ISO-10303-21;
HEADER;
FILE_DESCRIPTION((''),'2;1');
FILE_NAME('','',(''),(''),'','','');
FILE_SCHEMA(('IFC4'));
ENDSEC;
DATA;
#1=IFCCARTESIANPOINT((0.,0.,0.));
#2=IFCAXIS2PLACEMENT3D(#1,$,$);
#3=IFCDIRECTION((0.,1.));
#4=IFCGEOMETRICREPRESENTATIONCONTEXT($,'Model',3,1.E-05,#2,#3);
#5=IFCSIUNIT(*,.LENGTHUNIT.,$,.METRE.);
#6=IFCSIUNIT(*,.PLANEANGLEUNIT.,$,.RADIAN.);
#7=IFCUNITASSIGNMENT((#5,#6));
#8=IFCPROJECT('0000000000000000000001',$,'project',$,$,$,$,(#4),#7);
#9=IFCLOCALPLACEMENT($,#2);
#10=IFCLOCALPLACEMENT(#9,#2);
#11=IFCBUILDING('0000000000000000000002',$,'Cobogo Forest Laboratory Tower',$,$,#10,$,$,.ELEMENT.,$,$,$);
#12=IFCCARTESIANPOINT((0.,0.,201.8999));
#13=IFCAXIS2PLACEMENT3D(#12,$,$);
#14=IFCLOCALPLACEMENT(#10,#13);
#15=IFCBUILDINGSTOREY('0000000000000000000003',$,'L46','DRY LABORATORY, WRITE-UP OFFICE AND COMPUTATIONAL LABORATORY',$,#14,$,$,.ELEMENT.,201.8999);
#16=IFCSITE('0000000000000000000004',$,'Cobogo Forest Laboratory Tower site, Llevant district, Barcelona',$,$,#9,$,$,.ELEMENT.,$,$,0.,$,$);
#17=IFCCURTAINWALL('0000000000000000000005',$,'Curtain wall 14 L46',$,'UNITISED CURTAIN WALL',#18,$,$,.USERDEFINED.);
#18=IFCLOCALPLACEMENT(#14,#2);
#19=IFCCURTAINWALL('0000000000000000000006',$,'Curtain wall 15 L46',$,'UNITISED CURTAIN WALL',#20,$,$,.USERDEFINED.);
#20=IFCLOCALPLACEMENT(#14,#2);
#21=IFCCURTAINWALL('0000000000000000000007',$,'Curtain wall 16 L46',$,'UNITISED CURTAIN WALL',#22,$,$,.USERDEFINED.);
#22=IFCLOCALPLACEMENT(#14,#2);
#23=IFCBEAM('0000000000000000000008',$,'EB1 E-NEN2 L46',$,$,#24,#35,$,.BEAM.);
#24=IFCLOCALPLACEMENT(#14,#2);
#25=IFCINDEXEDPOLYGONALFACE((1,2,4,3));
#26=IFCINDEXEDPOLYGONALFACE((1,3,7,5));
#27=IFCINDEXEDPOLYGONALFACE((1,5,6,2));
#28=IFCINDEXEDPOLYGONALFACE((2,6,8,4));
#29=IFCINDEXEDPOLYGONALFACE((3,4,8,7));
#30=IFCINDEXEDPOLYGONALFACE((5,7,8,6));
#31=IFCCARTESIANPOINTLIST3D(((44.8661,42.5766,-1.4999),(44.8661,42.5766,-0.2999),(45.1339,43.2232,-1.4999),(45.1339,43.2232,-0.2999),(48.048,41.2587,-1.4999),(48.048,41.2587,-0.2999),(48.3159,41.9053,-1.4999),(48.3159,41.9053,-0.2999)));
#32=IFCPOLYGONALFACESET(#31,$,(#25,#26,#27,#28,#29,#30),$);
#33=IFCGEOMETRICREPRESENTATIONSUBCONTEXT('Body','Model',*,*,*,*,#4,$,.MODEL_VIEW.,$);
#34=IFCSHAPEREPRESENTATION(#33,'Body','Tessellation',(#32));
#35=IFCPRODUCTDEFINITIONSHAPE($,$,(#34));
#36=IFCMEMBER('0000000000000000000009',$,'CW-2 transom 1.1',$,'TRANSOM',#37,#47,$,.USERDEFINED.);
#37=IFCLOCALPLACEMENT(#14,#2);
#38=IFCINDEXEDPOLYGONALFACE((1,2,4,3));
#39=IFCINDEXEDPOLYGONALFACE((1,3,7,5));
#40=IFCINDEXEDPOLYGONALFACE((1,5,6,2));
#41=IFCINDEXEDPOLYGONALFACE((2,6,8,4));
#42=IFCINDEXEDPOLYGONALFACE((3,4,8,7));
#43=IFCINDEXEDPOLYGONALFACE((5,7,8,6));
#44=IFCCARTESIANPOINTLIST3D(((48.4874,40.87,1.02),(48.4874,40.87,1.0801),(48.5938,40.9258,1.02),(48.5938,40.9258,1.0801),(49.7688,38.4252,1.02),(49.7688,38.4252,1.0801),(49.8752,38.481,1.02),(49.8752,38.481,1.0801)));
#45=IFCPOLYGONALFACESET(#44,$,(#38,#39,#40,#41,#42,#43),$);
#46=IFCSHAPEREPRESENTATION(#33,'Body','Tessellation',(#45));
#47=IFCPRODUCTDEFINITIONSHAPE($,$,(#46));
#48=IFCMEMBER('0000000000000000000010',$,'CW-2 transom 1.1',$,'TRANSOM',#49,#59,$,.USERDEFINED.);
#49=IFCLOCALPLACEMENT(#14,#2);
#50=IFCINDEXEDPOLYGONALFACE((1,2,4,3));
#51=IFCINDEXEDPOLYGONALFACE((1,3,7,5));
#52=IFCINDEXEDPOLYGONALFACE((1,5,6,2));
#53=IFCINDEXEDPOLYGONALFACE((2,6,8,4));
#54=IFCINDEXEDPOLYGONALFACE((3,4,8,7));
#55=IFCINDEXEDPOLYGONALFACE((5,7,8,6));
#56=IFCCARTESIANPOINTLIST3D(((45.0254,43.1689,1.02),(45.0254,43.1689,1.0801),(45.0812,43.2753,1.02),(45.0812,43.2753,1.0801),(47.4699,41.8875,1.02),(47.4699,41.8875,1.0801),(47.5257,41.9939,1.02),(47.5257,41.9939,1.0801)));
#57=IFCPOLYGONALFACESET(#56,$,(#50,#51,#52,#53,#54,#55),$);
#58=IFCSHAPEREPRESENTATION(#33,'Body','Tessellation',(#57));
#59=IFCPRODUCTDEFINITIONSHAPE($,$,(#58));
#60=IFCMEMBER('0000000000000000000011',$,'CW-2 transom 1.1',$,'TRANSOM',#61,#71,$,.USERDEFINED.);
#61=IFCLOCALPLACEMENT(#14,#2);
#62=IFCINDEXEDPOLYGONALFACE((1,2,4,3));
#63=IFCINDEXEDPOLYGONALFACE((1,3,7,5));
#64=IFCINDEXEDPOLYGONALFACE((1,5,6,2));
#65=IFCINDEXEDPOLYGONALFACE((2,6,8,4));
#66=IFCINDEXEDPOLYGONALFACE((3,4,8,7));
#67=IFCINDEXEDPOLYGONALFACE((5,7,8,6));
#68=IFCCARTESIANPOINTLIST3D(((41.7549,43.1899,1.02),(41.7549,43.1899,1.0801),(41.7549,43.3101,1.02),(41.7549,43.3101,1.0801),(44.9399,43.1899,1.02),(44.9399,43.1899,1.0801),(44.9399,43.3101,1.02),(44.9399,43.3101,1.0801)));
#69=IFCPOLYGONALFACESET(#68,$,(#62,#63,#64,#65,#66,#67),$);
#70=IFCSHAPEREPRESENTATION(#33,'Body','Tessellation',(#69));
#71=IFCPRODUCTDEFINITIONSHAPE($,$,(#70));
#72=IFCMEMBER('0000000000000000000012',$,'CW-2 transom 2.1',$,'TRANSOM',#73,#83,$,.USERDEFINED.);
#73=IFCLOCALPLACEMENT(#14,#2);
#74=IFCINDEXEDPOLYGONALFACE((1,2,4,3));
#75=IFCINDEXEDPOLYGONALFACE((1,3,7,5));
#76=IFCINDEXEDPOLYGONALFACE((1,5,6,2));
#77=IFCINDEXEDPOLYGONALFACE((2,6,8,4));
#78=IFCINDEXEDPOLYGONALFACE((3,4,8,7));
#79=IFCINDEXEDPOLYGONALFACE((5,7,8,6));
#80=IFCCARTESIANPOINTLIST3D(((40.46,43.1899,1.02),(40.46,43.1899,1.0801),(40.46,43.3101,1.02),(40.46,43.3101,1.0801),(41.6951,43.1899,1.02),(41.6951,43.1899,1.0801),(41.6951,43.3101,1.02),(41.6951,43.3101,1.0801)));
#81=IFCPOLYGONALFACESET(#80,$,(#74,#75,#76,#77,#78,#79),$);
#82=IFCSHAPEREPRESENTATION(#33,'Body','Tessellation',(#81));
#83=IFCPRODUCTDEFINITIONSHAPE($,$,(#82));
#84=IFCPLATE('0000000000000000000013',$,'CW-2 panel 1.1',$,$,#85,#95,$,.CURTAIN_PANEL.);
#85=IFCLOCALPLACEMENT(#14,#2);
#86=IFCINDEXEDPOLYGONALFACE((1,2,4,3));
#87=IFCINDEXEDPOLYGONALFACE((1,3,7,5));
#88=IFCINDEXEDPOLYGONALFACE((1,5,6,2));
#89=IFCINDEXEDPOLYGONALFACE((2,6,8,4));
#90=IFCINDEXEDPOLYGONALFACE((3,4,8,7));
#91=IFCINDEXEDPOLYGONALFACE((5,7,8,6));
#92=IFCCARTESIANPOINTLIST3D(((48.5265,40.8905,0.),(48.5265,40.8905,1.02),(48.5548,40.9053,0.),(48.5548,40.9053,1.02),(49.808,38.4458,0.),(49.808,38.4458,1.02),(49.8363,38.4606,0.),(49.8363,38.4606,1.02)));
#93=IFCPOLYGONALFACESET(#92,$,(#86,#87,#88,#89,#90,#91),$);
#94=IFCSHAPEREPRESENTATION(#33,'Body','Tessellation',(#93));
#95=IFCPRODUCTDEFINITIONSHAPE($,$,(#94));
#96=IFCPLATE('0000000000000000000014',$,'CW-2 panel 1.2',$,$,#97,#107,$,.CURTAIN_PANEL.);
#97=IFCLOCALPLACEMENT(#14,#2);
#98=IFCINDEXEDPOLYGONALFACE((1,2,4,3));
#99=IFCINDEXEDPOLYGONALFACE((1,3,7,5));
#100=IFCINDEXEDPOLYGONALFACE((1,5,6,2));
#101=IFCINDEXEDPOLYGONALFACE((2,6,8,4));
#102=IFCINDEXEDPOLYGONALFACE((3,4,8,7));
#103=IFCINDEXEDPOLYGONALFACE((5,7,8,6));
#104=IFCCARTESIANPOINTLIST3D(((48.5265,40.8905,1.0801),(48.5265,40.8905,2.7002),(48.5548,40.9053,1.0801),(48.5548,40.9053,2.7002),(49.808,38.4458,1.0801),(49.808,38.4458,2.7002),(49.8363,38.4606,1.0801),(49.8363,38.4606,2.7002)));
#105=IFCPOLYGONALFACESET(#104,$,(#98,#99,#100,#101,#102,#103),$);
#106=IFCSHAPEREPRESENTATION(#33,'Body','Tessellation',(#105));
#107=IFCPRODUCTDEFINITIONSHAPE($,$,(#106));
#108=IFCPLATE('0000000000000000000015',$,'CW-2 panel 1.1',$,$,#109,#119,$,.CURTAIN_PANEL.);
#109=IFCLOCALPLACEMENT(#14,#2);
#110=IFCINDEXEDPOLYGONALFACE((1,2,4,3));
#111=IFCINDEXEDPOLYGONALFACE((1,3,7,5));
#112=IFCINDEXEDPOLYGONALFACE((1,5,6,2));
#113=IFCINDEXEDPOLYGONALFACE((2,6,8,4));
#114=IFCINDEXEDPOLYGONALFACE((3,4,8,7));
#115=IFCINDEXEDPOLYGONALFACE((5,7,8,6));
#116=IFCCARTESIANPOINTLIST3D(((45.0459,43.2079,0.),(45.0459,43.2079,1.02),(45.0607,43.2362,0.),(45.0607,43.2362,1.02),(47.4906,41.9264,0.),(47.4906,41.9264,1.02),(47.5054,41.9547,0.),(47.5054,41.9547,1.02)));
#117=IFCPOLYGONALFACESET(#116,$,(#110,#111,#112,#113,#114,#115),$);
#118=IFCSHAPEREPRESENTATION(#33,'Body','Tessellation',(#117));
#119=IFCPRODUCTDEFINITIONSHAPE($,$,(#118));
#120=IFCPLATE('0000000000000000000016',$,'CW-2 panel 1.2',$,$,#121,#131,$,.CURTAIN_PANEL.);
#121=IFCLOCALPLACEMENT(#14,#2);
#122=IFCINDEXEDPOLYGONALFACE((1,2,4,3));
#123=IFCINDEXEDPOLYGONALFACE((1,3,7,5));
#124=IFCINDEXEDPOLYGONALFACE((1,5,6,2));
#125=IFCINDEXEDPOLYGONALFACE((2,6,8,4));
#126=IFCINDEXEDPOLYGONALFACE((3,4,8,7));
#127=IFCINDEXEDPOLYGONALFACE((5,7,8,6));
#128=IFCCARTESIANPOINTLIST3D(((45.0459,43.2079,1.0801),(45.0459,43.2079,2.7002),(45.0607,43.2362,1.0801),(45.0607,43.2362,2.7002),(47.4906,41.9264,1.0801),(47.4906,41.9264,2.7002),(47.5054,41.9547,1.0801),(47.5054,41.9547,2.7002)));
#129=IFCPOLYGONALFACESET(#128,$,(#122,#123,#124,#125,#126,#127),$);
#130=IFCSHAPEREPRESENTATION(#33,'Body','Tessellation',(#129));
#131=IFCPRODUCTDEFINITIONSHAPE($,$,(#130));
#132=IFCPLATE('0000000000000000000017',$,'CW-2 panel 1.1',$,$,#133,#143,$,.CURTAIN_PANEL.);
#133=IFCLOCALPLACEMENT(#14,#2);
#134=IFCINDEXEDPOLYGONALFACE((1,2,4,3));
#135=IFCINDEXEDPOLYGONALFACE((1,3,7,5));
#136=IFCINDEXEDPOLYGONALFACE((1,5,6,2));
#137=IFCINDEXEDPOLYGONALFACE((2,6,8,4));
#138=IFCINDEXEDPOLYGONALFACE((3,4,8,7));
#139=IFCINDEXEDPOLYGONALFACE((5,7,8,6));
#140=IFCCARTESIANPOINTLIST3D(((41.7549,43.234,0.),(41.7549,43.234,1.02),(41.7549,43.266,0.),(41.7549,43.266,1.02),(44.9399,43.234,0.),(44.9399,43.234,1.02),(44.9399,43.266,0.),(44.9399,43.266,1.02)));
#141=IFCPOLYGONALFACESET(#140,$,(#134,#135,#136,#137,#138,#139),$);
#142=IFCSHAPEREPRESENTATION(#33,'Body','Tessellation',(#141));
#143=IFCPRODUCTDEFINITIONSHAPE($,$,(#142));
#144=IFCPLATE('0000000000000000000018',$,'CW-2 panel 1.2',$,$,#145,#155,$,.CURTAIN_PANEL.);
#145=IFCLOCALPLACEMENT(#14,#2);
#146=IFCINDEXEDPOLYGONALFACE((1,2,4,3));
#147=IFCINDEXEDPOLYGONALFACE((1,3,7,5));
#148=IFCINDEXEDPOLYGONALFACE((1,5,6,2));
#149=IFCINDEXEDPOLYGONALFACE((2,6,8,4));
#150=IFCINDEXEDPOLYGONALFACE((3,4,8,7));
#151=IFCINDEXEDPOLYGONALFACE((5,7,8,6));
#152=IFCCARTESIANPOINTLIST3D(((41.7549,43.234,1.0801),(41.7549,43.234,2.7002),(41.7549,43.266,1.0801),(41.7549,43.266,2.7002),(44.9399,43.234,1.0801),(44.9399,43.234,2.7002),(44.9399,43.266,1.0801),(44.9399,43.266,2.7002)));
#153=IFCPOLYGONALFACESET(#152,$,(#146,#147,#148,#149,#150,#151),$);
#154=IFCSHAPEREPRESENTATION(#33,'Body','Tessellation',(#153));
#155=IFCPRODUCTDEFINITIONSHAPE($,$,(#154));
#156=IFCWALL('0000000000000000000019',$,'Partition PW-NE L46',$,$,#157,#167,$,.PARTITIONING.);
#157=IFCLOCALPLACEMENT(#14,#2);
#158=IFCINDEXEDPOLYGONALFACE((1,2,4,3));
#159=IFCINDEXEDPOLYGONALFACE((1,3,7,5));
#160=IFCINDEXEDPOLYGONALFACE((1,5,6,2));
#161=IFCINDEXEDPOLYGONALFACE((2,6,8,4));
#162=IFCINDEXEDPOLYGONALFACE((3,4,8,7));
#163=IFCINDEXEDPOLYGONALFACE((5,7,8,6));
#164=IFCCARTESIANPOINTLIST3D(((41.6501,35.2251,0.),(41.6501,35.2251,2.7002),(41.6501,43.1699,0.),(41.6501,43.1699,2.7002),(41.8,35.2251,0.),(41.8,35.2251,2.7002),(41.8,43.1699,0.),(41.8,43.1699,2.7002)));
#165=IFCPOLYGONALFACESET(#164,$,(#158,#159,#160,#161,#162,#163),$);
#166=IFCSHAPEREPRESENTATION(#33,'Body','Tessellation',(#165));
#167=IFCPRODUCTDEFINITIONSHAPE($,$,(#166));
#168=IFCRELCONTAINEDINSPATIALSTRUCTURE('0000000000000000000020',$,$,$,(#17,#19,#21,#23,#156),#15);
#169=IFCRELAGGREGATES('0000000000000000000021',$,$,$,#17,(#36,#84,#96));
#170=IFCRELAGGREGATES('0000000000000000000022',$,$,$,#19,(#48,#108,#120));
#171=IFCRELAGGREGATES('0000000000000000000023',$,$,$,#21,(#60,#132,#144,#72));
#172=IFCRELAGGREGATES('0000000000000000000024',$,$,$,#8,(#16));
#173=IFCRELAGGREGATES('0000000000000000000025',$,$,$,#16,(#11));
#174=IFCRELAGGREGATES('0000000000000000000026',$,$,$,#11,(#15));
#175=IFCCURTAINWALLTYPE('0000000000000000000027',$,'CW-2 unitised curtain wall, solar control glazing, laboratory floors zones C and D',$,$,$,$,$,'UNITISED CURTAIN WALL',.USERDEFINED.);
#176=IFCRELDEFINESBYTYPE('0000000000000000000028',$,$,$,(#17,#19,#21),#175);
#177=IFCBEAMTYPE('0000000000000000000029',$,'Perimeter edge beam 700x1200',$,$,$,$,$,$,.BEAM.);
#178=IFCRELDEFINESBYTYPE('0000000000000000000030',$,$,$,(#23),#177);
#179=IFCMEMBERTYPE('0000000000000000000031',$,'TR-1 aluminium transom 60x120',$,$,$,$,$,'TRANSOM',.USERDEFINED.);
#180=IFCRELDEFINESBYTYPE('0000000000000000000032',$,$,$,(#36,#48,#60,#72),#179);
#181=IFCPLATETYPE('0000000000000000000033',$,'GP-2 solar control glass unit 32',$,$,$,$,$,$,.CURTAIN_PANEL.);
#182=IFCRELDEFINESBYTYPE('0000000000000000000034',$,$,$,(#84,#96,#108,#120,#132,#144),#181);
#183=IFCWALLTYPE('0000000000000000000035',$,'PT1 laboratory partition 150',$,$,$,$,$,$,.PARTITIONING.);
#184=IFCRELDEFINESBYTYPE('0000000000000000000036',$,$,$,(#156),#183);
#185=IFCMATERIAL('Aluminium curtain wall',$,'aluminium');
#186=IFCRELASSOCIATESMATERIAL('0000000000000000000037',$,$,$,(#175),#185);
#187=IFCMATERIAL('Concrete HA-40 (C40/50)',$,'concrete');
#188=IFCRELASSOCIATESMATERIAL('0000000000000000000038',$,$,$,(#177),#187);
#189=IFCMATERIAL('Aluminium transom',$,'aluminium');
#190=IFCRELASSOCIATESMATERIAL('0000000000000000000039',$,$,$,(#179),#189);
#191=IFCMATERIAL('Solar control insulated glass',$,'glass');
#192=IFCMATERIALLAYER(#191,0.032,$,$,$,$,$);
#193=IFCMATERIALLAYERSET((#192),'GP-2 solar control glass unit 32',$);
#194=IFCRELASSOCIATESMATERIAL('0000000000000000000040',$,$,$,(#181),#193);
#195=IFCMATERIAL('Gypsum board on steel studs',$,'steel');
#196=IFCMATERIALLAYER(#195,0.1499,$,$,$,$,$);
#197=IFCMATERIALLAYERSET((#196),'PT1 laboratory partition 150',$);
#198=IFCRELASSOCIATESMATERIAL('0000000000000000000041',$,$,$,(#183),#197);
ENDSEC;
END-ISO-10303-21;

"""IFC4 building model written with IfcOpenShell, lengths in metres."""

from ifc_helpers import new_model, si_unit, direction, frame, frame_2d, origin, origin_2d, place, context, subcontext, project, spatial, rectangle, extrude, material, layer, layer_set, material_profile, profile_set, type_object, element, aggregate, save


model = new_model("IFC4")

# Units and contexts
model_context = context("Model", 3, precision=1e-05, world=origin(), true_north=direction((0.0, 1.0)))
body_context = subcontext(model_context, "Body", "Model", "MODEL_VIEW")
ifc_project = project(units=[si_unit("LENGTHUNIT", "METRE"), si_unit("PLANEANGLEUNIT", "RADIAN")], contexts=[model_context])

# Site, building, storey
site_placement = place(None, origin())
site = spatial("IfcSite", under=ifc_project, at=site_placement, Name="Cobogo Forest Laboratory Tower site, Llevant district, Barcelona", CompositionType="ELEMENT", RefElevation=0.0)
building_placement = place(site_placement, origin())
building = spatial("IfcBuilding", under=site, at=building_placement, Name="Cobogo Forest Laboratory Tower", CompositionType="ELEMENT")
storey_placement = place(building_placement, frame((0.0, 0.0, 201.8999)))
storey = spatial("IfcBuildingStorey", under=building, at=storey_placement, Name="L46", Description="DRY LABORATORY, WRITE-UP OFFICE AND COMPUTATIONAL LABORATORY", CompositionType="ELEMENT", Elevation=201.8999)

# Shared definitions
ifc_material_1 = material(Name="Aluminium curtain wall", Category="aluminium")
curtain_wall_type = type_object("IfcCurtainWallType", Name="CW-2 unitised curtain wall, solar control glazing, laboratory floors zones C and D", ElementType="UNITISED CURTAIN WALL", PredefinedType="USERDEFINED", material=ifc_material_1)

# Curtain walls
curtain_wall_1_placement = place(storey_placement, origin())
curtain_wall_1 = element("IfcCurtainWall", 1, at=curtain_wall_1_placement, inside=storey, type_object=curtain_wall_type, Name="Curtain wall 14 L46", ObjectType="UNITISED CURTAIN WALL", PredefinedType="USERDEFINED")
curtain_wall_2_placement = place(storey_placement, origin())
curtain_wall_2 = element("IfcCurtainWall", 2, at=curtain_wall_2_placement, inside=storey, type_object=curtain_wall_type, Name="Curtain wall 15 L46", ObjectType="UNITISED CURTAIN WALL", PredefinedType="USERDEFINED")
curtain_wall_3_placement = place(storey_placement, origin())
curtain_wall_3 = element("IfcCurtainWall", 3, at=curtain_wall_3_placement, inside=storey, type_object=curtain_wall_type, Name="Curtain wall 16 L46", ObjectType="UNITISED CURTAIN WALL", PredefinedType="USERDEFINED")

# Beam
ifc_material_2 = material(Name="Concrete HA-40 (C40/50)", Category="concrete")
ifc_material_profile_1 = material_profile(ifc_material_2, rectangle(XDim=0.7, YDim=1.2, at=origin_2d()), Name="RC 700x1200")
ifc_profile_set_1 = profile_set([ifc_material_profile_1], Name="Concrete HA-40 (C40/50)")
beam_type_1 = type_object("IfcBeamType", Name="Perimeter edge beam 700x1200", PredefinedType="BEAM", material=ifc_profile_set_1)
beam_1_placement = place(storey_placement, frame((45.0, 42.8999, -0.8999), z_axis=(0.923891, -0.382656, 0.0), x_axis=(0.382656, 0.923891, 0.0)))
element("IfcBeam", 4, at=beam_1_placement, inside=storey, type_object=beam_type_1, Name="EB1 E-NEN2 L46", PredefinedType="BEAM", context=body_context, shape_type="SweptSolid", body=[
    extrude(rectangle(XDim=0.7, YDim=1.2, at=origin_2d()), origin(), (0.0, 0.0, 1.0), 3.4441),
])

# Members
ifc_material_3 = material(Name="Aluminium transom", Category="aluminium")
ifc_material_profile_2 = material_profile(ifc_material_3, rectangle(XDim=0.1201, YDim=0.0601, at=origin_2d()), Name="AL 60x120")
ifc_profile_set_2 = profile_set([ifc_material_profile_2], Name="Aluminium transom")
member_type_1 = type_object("IfcMemberType", Name="TR-1 aluminium transom 60x120", ElementType="TRANSOM", PredefinedType="USERDEFINED", material=ifc_profile_set_2)
member_1_placement = place(storey_placement, frame((49.822, 38.4531, 1.05), z_axis=(-0.464255, 0.885702, 0.0), x_axis=(-0.885702, -0.464255, 0.0)))
member_1 = element("IfcMember", 5, at=member_1_placement, type_object=member_type_1, Name="CW-2 transom 1.1", ObjectType="TRANSOM", PredefinedType="USERDEFINED", context=body_context, shape_type="SweptSolid", body=[
    extrude(rectangle(XDim=0.1201, YDim=0.0601, at=origin_2d()), origin(), (0.0, 0.0, 1.0), 2.7603),
])
member_2_placement = place(storey_placement, frame((47.4978, 41.9407, 1.05), z_axis=(-0.885683, 0.464291, 0.0), x_axis=(-0.464291, -0.885683, 0.0)))
member_2 = element("IfcMember", 6, at=member_2_placement, type_object=member_type_1, Name="CW-2 transom 1.1", ObjectType="TRANSOM", PredefinedType="USERDEFINED", context=body_context, shape_type="SweptSolid", body=[
    extrude(rectangle(XDim=0.1201, YDim=0.0601, at=origin_2d()), origin(), (0.0, 0.0, 1.0), 2.76),
])
member_3_placement = place(storey_placement, frame((44.9399, 43.25, 1.05), z_axis=(-1.0, 0.0, 0.0), x_axis=(0.0, -1.0, 0.0)))
member_3 = element("IfcMember", 7, at=member_3_placement, type_object=member_type_1, Name="CW-2 transom 1.1", ObjectType="TRANSOM", PredefinedType="USERDEFINED", context=body_context, shape_type="SweptSolid", body=[
    extrude(rectangle(XDim=0.1201, YDim=0.0601, at=origin_2d()), origin(), (0.0, 0.0, 1.0), 3.1851),
])
member_4_placement = place(storey_placement, frame((41.6951, 43.25, 1.05), z_axis=(-1.0, 0.0, 0.0), x_axis=(0.0, -1.0, 0.0)))
member_4 = element("IfcMember", 8, at=member_4_placement, type_object=member_type_1, Name="CW-2 transom 2.1", ObjectType="TRANSOM", PredefinedType="USERDEFINED", context=body_context, shape_type="SweptSolid", body=[
    extrude(rectangle(XDim=0.1201, YDim=0.0601, at=origin_2d()), origin(), (0.0, 0.0, 1.0), 1.2351),
])

# Plates
ifc_material_4 = material(Name="Solar control insulated glass", Category="glass")
ifc_layer_1 = layer(ifc_material_4, 0.032)
ifc_layer_set_1 = layer_set([ifc_layer_1], Name="GP-2 solar control glass unit 32")
plate_type = type_object("IfcPlateType", Name="GP-2 solar control glass unit 32", PredefinedType="CURTAIN_PANEL", material=ifc_layer_set_1)
plate_1_placement = place(storey_placement, frame((49.1814, 39.6755, 0.0), z_axis=(0.0, 0.0, 1.0), x_axis=(-0.464284, 0.885686, 0.0)))
plate_1 = element("IfcPlate", 9, at=plate_1_placement, type_object=plate_type, Name="CW-2 panel 1.1", PredefinedType="CURTAIN_PANEL", context=body_context, shape_type="SweptSolid", body=[
    extrude(rectangle(XDim=2.7603, YDim=0.032, at=origin_2d()), origin(), (0.0, 0.0, 1.0), 1.02),
])
plate_2_placement = place(storey_placement, frame((49.1814, 39.6755, 1.0801), z_axis=(0.0, 0.0, 1.0), x_axis=(-0.464284, 0.885686, 0.0)))
plate_2 = element("IfcPlate", 10, at=plate_2_placement, type_object=plate_type, Name="CW-2 panel 1.2", PredefinedType="CURTAIN_PANEL", context=body_context, shape_type="SweptSolid", body=[
    extrude(rectangle(XDim=2.7603, YDim=0.032, at=origin_2d()), origin(), (0.0, 0.0, 1.0), 1.6201),
])
aggregate(curtain_wall_1, [member_1, plate_1, plate_2])
plate_3_placement = place(storey_placement, frame((46.2756, 42.5813, 0.0), z_axis=(0.0, 0.0, 1.0), x_axis=(-0.885686, 0.464284, 0.0)))
plate_3 = element("IfcPlate", 11, at=plate_3_placement, type_object=plate_type, Name="CW-2 panel 1.1", PredefinedType="CURTAIN_PANEL", context=body_context, shape_type="SweptSolid", body=[
    extrude(rectangle(XDim=2.7603, YDim=0.032, at=origin_2d()), origin(), (0.0, 0.0, 1.0), 1.02),
])
plate_4_placement = place(storey_placement, frame((46.2756, 42.5813, 1.0801), z_axis=(0.0, 0.0, 1.0), x_axis=(-0.885686, 0.464284, 0.0)))
plate_4 = element("IfcPlate", 12, at=plate_4_placement, type_object=plate_type, Name="CW-2 panel 1.2", PredefinedType="CURTAIN_PANEL", context=body_context, shape_type="SweptSolid", body=[
    extrude(rectangle(XDim=2.7603, YDim=0.032, at=origin_2d()), origin(), (0.0, 0.0, 1.0), 1.6201),
])
aggregate(curtain_wall_2, [member_2, plate_3, plate_4])
plate_5_placement = place(storey_placement, frame((43.3474, 43.25, 0.0), z_axis=(0.0, 0.0, 1.0), x_axis=(-1.0, 0.0, 0.0)))
plate_5 = element("IfcPlate", 13, at=plate_5_placement, type_object=plate_type, Name="CW-2 panel 1.1", PredefinedType="CURTAIN_PANEL", context=body_context, shape_type="SweptSolid", body=[
    extrude(rectangle(XDim=3.1851, YDim=0.032, at=origin_2d()), origin(), (0.0, 0.0, 1.0), 1.02),
])
plate_6_placement = place(storey_placement, frame((43.3474, 43.25, 1.0801), z_axis=(0.0, 0.0, 1.0), x_axis=(-1.0, 0.0, 0.0)))
plate_6 = element("IfcPlate", 14, at=plate_6_placement, type_object=plate_type, Name="CW-2 panel 1.2", PredefinedType="CURTAIN_PANEL", context=body_context, shape_type="SweptSolid", body=[
    extrude(rectangle(XDim=3.1851, YDim=0.032, at=origin_2d()), origin(), (0.0, 0.0, 1.0), 1.6201),
])
aggregate(curtain_wall_3, [member_3, plate_5, plate_6, member_4])

# Wall
ifc_material_5 = material(Name="Gypsum board on steel studs", Category="steel")
ifc_layer_2 = layer(ifc_material_5, 0.1499)
ifc_layer_set_2 = layer_set([ifc_layer_2], Name="PT1 laboratory partition 150")
wall_type = type_object("IfcWallType", Name="PT1 laboratory partition 150", PredefinedType="PARTITIONING", material=ifc_layer_set_2)
wall_placement = place(storey_placement, frame((41.7251, 43.1699, 0.0), z_axis=(0.0, 0.0, 1.0), x_axis=(0.0, -1.0, 0.0)))
element("IfcWall", 15, at=wall_placement, inside=storey, type_object=wall_type, Name="Partition PW-NE L46", PredefinedType="PARTITIONING", context=body_context, shape_type="SweptSolid", body=[
    extrude(rectangle(XDim=7.9448, YDim=0.1499, at=frame_2d((3.9724, 0.0))), origin(), (0.0, 0.0, 1.0), 2.7002),
])

save(model, "model.ifc")
